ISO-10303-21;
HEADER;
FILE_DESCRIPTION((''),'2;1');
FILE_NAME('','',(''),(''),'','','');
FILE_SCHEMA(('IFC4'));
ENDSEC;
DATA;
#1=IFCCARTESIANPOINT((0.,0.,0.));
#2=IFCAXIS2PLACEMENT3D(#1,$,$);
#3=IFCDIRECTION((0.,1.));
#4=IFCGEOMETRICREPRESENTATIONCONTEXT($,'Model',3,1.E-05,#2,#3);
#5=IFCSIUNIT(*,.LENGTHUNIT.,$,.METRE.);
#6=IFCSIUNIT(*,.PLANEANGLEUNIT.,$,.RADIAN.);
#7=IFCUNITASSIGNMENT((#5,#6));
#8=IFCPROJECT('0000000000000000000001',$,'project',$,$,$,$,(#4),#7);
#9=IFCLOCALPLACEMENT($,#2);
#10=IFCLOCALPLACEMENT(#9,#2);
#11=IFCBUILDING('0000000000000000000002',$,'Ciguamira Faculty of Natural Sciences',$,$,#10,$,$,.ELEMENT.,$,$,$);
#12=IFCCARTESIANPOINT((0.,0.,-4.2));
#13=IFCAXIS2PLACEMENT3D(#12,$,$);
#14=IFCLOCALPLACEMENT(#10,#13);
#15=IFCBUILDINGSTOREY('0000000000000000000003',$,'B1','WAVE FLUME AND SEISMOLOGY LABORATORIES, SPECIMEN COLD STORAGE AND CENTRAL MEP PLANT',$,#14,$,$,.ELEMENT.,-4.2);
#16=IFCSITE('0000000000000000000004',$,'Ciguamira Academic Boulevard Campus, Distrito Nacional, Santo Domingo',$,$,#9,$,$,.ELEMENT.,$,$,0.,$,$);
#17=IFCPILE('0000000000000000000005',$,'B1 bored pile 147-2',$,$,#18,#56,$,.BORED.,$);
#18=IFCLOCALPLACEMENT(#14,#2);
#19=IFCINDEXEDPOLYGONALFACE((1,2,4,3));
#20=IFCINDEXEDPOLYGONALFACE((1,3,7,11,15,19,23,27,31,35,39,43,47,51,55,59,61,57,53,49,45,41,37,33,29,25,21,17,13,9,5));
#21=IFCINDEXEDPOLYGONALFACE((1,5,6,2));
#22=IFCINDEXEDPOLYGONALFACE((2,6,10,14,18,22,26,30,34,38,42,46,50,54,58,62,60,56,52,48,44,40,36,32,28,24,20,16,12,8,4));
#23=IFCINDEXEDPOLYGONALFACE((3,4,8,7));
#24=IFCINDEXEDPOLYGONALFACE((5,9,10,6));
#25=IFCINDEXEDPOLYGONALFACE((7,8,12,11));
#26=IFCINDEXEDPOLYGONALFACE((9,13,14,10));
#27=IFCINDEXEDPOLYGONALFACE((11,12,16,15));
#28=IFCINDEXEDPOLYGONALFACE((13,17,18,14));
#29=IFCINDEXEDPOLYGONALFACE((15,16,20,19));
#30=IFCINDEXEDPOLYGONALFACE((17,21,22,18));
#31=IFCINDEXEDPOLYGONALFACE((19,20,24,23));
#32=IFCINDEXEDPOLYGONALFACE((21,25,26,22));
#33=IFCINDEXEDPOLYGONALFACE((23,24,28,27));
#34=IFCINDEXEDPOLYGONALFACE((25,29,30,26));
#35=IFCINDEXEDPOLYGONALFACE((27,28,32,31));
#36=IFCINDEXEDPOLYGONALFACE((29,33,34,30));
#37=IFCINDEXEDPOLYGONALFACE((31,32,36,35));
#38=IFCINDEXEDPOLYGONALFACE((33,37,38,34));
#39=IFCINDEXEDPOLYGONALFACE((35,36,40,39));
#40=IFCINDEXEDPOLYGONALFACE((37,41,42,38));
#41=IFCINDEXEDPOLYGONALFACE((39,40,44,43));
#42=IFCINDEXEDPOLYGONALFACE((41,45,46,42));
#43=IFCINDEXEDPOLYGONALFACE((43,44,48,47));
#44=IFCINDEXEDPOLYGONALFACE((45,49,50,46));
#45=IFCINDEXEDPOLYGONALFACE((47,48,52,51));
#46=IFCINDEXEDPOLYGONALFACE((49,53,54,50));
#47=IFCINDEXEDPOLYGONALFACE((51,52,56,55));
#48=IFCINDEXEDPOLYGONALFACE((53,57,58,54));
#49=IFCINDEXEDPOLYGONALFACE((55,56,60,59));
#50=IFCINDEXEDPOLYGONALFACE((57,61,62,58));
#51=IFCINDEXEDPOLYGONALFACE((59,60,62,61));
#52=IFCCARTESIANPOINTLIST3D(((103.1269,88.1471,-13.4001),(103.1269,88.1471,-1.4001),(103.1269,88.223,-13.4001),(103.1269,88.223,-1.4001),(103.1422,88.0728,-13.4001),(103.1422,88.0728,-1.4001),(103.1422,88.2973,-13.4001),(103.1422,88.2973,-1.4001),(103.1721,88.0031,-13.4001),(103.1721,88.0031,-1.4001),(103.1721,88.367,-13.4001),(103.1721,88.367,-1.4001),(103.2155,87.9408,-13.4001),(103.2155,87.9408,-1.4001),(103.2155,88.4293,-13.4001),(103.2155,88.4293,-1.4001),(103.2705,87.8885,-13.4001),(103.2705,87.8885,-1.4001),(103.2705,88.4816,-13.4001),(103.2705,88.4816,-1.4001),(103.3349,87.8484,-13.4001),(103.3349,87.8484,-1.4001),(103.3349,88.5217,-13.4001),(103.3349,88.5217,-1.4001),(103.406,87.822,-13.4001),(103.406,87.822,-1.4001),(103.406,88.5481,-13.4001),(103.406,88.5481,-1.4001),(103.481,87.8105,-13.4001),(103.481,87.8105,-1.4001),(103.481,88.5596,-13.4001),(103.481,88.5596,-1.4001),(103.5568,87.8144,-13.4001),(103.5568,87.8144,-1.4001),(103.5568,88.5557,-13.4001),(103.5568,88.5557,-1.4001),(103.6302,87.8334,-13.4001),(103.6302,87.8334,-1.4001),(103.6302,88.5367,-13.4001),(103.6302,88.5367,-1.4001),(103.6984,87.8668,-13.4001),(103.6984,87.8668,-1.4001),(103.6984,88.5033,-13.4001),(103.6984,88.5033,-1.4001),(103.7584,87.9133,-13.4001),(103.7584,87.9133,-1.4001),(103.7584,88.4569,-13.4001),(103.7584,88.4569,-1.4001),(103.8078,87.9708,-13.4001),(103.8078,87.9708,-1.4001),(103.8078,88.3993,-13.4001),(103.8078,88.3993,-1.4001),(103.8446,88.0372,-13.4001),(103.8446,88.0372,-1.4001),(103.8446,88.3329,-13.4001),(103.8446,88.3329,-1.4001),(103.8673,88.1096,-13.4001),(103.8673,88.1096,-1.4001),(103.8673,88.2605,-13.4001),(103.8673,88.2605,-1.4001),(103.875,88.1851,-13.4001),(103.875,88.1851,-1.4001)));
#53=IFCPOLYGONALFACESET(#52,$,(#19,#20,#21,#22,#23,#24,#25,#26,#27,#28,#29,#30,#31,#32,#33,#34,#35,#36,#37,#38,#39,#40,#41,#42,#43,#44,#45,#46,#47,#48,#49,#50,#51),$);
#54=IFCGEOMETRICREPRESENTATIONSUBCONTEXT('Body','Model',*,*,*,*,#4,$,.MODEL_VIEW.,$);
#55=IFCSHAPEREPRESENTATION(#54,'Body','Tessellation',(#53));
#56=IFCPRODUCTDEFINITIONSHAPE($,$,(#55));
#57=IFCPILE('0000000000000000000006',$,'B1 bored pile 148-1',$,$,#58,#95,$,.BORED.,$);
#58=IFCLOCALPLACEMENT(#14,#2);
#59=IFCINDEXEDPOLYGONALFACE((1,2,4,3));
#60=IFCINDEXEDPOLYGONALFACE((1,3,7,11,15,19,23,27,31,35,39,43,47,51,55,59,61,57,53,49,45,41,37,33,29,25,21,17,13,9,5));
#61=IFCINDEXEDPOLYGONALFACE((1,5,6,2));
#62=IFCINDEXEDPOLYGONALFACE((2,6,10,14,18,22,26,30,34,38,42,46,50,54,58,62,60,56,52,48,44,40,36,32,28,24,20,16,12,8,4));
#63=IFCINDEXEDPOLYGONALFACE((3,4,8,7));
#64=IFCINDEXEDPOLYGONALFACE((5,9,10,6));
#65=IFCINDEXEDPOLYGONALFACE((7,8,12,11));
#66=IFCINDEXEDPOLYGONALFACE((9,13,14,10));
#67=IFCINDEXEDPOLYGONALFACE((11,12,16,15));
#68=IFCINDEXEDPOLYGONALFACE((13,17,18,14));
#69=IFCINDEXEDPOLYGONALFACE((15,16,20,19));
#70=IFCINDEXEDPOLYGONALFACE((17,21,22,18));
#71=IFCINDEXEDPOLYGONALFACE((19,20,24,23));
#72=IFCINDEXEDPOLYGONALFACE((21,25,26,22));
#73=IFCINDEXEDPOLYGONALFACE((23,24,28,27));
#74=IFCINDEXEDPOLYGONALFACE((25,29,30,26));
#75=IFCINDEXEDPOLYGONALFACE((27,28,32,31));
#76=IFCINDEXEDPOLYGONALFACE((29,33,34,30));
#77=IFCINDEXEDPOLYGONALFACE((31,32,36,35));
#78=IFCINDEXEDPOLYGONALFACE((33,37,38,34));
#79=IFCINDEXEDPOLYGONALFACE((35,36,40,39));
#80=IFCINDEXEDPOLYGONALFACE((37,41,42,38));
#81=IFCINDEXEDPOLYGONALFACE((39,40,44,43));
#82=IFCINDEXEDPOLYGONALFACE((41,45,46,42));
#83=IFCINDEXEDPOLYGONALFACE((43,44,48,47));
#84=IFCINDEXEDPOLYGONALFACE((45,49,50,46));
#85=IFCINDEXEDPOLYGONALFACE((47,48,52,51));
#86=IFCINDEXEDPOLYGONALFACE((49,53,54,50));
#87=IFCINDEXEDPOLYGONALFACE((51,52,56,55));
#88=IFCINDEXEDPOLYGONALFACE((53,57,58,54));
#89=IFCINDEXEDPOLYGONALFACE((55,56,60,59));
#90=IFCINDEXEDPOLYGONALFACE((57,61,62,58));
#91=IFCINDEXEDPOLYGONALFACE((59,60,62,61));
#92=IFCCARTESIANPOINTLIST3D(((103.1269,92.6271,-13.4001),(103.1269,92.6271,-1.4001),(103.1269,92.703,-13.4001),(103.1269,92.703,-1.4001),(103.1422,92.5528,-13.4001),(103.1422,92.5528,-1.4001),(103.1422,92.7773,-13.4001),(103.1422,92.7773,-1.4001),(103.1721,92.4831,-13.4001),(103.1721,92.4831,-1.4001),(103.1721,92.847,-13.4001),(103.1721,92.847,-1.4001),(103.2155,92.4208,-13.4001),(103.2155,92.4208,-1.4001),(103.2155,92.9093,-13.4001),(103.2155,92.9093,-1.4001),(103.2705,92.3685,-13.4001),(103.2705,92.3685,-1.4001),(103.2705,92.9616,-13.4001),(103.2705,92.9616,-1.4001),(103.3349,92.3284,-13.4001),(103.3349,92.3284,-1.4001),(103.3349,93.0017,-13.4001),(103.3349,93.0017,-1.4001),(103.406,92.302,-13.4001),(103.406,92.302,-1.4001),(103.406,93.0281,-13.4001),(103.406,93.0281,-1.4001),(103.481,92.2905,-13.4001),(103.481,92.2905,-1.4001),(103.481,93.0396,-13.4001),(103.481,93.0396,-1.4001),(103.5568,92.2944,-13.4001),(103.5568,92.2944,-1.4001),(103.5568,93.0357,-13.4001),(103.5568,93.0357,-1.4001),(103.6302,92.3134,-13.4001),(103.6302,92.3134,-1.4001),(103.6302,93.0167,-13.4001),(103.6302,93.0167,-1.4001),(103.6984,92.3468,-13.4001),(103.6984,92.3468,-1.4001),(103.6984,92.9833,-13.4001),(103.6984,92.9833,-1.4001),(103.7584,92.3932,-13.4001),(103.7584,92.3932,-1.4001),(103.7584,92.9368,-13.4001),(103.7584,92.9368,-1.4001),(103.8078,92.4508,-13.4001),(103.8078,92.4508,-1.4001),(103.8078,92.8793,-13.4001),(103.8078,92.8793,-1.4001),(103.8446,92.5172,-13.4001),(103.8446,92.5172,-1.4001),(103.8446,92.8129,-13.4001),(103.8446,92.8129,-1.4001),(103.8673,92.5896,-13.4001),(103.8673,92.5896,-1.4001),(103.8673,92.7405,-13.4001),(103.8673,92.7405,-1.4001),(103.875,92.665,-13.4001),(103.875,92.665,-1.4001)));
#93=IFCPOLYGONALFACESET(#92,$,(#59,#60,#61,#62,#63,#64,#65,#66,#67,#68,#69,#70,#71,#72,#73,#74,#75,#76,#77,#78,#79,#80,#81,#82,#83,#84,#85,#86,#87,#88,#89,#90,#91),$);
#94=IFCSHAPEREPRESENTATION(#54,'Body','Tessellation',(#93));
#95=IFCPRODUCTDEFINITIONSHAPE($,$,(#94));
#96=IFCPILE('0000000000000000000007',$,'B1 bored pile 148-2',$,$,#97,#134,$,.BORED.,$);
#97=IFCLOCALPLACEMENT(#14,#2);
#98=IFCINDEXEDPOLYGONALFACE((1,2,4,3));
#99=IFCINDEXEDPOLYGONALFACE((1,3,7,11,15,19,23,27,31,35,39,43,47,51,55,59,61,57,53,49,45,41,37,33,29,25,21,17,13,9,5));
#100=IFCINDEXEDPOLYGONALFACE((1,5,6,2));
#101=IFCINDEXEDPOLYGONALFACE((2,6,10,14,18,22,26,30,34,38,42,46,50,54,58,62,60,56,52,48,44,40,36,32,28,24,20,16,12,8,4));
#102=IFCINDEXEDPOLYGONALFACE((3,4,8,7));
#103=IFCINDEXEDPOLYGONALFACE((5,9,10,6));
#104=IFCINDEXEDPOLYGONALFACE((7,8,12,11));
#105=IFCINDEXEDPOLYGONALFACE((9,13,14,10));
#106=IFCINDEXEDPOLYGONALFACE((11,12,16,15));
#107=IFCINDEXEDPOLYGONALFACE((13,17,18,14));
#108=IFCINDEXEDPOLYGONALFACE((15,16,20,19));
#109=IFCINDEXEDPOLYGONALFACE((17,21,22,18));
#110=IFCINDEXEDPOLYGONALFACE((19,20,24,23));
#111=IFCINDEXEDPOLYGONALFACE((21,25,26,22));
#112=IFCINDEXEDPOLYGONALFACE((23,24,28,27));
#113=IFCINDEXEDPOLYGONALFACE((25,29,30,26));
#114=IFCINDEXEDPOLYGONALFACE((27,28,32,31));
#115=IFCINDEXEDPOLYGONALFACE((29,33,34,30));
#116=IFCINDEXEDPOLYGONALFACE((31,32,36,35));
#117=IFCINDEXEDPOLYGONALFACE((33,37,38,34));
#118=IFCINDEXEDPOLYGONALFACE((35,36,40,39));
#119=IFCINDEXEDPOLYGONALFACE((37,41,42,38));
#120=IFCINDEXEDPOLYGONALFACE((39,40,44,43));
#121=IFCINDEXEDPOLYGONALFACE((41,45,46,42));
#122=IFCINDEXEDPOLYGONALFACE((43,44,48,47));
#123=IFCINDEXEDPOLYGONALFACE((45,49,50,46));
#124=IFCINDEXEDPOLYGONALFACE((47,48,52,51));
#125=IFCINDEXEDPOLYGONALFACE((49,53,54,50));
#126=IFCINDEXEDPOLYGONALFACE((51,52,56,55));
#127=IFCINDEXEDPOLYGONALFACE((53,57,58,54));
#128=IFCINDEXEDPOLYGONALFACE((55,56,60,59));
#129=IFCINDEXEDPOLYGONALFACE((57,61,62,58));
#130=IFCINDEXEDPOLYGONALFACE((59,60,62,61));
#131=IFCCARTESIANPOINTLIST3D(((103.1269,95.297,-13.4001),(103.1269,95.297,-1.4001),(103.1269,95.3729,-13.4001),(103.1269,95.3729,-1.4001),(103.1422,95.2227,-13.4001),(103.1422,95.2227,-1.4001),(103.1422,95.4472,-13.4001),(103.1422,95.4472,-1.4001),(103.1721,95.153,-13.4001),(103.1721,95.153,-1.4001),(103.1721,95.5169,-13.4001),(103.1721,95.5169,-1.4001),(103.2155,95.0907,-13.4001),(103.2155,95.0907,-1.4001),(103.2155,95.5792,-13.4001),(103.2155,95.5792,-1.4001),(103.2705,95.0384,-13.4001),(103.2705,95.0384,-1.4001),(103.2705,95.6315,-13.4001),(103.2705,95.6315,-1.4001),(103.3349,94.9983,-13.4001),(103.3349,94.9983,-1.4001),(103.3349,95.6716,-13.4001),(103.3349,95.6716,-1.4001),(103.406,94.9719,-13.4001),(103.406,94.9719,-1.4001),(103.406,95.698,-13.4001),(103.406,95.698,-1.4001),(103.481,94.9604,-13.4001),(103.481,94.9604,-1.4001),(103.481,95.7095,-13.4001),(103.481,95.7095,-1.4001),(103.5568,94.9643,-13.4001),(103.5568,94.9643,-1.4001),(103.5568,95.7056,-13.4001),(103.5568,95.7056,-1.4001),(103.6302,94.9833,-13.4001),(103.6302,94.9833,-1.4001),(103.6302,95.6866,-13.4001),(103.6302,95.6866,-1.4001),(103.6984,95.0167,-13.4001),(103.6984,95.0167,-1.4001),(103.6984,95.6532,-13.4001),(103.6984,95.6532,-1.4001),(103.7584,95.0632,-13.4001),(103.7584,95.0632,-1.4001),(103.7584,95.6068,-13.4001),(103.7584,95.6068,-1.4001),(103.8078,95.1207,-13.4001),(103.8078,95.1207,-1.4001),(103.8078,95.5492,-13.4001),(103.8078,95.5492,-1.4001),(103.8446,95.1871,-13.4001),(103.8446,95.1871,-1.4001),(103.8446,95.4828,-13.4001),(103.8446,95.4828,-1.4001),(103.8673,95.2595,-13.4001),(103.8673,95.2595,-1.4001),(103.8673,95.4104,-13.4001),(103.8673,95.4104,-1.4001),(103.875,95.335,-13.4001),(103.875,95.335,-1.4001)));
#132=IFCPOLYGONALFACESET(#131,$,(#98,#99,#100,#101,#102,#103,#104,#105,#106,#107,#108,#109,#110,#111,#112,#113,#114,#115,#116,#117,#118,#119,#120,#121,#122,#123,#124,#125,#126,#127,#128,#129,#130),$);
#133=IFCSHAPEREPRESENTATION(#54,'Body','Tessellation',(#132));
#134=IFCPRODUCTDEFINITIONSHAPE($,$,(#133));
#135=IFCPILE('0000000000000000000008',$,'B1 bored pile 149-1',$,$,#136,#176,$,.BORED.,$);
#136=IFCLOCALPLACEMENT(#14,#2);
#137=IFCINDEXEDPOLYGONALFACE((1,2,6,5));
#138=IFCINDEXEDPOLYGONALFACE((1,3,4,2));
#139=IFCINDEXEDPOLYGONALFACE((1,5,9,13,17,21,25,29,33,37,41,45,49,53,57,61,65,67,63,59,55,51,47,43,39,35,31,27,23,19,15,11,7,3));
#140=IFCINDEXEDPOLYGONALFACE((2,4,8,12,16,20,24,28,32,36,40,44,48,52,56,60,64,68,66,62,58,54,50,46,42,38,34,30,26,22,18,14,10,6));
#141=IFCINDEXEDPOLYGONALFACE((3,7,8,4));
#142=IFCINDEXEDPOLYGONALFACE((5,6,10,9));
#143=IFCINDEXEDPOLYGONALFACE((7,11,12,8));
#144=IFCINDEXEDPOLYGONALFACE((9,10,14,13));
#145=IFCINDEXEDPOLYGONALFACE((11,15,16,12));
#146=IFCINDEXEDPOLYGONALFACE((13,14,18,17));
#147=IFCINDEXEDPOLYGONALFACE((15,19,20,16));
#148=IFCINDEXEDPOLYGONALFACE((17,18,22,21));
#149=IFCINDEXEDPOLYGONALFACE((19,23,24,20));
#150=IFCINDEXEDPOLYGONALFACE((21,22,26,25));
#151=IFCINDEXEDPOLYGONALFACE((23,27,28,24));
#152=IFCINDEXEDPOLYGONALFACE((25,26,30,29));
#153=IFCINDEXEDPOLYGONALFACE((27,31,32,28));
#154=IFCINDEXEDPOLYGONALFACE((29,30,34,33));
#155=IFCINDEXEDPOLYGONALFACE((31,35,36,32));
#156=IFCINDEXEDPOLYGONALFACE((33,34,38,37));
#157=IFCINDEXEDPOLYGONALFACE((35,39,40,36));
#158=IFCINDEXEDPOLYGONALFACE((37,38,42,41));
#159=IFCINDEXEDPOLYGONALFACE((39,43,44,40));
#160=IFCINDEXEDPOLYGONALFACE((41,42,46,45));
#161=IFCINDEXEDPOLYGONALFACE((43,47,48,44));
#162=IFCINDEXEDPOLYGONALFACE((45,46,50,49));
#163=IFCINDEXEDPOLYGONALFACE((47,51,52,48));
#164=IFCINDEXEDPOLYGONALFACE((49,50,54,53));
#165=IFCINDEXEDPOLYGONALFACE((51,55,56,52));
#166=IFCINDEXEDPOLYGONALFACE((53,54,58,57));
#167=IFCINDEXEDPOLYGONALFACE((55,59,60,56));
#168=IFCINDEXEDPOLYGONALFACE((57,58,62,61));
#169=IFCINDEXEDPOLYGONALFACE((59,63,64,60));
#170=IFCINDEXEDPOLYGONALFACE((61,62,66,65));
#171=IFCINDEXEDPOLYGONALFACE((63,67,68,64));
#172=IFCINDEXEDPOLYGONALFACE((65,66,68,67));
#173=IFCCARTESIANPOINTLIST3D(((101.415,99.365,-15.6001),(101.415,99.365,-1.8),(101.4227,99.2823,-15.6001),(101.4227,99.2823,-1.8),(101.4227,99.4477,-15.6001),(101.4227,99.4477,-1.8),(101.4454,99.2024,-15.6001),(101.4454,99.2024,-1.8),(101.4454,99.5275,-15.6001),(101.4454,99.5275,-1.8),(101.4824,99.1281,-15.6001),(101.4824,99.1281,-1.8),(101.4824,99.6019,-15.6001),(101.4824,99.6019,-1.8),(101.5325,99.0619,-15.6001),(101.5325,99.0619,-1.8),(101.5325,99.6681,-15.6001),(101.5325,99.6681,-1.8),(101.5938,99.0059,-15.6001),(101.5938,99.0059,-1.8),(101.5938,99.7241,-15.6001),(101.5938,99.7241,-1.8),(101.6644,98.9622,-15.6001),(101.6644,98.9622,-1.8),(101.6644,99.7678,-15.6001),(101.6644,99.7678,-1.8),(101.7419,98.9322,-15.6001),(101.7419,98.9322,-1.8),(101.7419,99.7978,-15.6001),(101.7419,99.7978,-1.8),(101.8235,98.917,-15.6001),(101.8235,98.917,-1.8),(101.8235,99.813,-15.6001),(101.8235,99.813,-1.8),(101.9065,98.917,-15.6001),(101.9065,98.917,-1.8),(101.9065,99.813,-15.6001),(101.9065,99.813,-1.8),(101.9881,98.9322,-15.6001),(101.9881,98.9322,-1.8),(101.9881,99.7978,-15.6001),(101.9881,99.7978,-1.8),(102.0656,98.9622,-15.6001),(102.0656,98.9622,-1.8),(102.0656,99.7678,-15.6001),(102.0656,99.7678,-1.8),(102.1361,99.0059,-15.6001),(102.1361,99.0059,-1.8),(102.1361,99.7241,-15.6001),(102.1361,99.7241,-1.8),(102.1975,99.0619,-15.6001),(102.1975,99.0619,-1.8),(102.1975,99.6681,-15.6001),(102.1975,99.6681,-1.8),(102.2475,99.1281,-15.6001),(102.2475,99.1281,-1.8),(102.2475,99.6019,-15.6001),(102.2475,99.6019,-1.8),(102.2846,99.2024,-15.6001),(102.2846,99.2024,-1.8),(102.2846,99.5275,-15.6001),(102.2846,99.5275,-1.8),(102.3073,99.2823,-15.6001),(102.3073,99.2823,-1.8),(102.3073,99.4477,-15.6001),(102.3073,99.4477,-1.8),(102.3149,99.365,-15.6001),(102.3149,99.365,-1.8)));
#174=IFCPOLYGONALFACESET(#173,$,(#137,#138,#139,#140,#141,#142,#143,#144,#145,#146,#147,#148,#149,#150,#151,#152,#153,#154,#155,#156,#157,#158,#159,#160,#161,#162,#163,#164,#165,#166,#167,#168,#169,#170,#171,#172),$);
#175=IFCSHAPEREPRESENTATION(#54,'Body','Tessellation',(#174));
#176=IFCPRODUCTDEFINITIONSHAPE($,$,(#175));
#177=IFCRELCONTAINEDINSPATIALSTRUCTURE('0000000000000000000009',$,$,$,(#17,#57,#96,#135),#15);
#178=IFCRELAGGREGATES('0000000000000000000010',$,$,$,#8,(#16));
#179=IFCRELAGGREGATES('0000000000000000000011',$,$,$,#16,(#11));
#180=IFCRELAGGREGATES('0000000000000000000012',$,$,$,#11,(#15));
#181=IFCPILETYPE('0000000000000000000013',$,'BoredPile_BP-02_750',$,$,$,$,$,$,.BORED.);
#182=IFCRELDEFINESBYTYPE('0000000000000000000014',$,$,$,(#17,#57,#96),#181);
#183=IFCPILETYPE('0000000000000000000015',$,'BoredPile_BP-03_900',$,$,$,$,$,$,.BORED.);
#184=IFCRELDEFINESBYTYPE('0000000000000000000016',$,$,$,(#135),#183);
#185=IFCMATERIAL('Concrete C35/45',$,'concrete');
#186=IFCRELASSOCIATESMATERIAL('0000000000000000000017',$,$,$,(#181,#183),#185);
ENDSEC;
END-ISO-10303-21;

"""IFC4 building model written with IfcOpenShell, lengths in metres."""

from ifc_helpers import new_model, si_unit, direction, frame, origin, origin_2d, place, context, subcontext, project, spatial, circle, extrude, material, material_profile, profile_set, type_object, element, save


model = new_model("IFC4")

# Units and contexts
model_context = context("Model", 3, precision=1e-05, world=origin(), true_north=direction((0.0, 1.0)))
body_context = subcontext(model_context, "Body", "Model", "MODEL_VIEW")
ifc_project = project(units=[si_unit("LENGTHUNIT", "METRE"), si_unit("PLANEANGLEUNIT", "RADIAN")], contexts=[model_context])

# Site, building, storey
site_placement = place(None, origin())
site = spatial("IfcSite", under=ifc_project, at=site_placement, Name="Ciguamira Academic Boulevard Campus, Distrito Nacional, Santo Domingo", CompositionType="ELEMENT", RefElevation=0.0)
building_placement = place(site_placement, origin())
building = spatial("IfcBuilding", under=site, at=building_placement, Name="Ciguamira Faculty of Natural Sciences", CompositionType="ELEMENT")
storey_placement = place(building_placement, frame((0.0, 0.0, -4.2)))
storey = spatial("IfcBuildingStorey", under=building, at=storey_placement, Name="B1", Description="WAVE FLUME AND SEISMOLOGY LABORATORIES, SPECIMEN COLD STORAGE AND CENTRAL MEP PLANT", CompositionType="ELEMENT", Elevation=-4.2)

# Piles
ifc_material_1 = material(Name="Concrete C35/45", Category="concrete")
ifc_material_profile_1 = material_profile(ifc_material_1, circle(Radius=0.375, at=origin_2d()), Name="PILE-BORED-750")
ifc_profile_set_1 = profile_set([ifc_material_profile_1], Name="Concrete C35/45")
pile_type_1 = type_object("IfcPileType", Name="BoredPile_BP-02_750", PredefinedType="BORED", material=ifc_profile_set_1)
for number, where, z_axis, x_axis, name in (
    (1, (103.5, 88.1851, -1.4001), (0.0, 0.0, -1.0), (1.0, 0.0, 0.0), "B1 bored pile 147-2"),
    (2, (103.5, 92.665, -1.4001), (0.0, 0.0, -1.0), (1.0, 0.0, 0.0), "B1 bored pile 148-1"),
    (3, (103.5, 95.335, -1.4001), (0.0, 0.0, -1.0), (1.0, 0.0, 0.0), "B1 bored pile 148-2"),
):
    element("IfcPile", number, at=place(storey_placement, frame(where, z_axis=z_axis, x_axis=x_axis)), inside=storey, type_object=pile_type_1, Name=name, PredefinedType="BORED", context=body_context, shape_type="SweptSolid", body=[
        extrude(circle(Radius=0.375, at=origin_2d()), origin(), (0.0, 0.0, 1.0), 12.0),
    ])
ifc_material_profile_2 = material_profile(ifc_material_1, circle(Radius=0.45, at=origin_2d()), Name="PILE-BORED-900")
ifc_profile_set_2 = profile_set([ifc_material_profile_2], Name="Concrete C35/45")
pile_type_2 = type_object("IfcPileType", Name="BoredPile_BP-03_900", PredefinedType="BORED", material=ifc_profile_set_2)
for number, where, z_axis, x_axis, name in (
    (4, (101.865, 99.365, -1.8), (0.0, 0.0, -1.0), (1.0, 0.0, 0.0), "B1 bored pile 149-1"),
):
    element("IfcPile", number, at=place(storey_placement, frame(where, z_axis=z_axis, x_axis=x_axis)), inside=storey, type_object=pile_type_2, Name=name, PredefinedType="BORED", context=body_context, shape_type="SweptSolid", body=[
        extrude(circle(Radius=0.45, at=origin_2d()), origin(), (0.0, 0.0, 1.0), 13.8),
    ])

save(model, "model.ifc")
